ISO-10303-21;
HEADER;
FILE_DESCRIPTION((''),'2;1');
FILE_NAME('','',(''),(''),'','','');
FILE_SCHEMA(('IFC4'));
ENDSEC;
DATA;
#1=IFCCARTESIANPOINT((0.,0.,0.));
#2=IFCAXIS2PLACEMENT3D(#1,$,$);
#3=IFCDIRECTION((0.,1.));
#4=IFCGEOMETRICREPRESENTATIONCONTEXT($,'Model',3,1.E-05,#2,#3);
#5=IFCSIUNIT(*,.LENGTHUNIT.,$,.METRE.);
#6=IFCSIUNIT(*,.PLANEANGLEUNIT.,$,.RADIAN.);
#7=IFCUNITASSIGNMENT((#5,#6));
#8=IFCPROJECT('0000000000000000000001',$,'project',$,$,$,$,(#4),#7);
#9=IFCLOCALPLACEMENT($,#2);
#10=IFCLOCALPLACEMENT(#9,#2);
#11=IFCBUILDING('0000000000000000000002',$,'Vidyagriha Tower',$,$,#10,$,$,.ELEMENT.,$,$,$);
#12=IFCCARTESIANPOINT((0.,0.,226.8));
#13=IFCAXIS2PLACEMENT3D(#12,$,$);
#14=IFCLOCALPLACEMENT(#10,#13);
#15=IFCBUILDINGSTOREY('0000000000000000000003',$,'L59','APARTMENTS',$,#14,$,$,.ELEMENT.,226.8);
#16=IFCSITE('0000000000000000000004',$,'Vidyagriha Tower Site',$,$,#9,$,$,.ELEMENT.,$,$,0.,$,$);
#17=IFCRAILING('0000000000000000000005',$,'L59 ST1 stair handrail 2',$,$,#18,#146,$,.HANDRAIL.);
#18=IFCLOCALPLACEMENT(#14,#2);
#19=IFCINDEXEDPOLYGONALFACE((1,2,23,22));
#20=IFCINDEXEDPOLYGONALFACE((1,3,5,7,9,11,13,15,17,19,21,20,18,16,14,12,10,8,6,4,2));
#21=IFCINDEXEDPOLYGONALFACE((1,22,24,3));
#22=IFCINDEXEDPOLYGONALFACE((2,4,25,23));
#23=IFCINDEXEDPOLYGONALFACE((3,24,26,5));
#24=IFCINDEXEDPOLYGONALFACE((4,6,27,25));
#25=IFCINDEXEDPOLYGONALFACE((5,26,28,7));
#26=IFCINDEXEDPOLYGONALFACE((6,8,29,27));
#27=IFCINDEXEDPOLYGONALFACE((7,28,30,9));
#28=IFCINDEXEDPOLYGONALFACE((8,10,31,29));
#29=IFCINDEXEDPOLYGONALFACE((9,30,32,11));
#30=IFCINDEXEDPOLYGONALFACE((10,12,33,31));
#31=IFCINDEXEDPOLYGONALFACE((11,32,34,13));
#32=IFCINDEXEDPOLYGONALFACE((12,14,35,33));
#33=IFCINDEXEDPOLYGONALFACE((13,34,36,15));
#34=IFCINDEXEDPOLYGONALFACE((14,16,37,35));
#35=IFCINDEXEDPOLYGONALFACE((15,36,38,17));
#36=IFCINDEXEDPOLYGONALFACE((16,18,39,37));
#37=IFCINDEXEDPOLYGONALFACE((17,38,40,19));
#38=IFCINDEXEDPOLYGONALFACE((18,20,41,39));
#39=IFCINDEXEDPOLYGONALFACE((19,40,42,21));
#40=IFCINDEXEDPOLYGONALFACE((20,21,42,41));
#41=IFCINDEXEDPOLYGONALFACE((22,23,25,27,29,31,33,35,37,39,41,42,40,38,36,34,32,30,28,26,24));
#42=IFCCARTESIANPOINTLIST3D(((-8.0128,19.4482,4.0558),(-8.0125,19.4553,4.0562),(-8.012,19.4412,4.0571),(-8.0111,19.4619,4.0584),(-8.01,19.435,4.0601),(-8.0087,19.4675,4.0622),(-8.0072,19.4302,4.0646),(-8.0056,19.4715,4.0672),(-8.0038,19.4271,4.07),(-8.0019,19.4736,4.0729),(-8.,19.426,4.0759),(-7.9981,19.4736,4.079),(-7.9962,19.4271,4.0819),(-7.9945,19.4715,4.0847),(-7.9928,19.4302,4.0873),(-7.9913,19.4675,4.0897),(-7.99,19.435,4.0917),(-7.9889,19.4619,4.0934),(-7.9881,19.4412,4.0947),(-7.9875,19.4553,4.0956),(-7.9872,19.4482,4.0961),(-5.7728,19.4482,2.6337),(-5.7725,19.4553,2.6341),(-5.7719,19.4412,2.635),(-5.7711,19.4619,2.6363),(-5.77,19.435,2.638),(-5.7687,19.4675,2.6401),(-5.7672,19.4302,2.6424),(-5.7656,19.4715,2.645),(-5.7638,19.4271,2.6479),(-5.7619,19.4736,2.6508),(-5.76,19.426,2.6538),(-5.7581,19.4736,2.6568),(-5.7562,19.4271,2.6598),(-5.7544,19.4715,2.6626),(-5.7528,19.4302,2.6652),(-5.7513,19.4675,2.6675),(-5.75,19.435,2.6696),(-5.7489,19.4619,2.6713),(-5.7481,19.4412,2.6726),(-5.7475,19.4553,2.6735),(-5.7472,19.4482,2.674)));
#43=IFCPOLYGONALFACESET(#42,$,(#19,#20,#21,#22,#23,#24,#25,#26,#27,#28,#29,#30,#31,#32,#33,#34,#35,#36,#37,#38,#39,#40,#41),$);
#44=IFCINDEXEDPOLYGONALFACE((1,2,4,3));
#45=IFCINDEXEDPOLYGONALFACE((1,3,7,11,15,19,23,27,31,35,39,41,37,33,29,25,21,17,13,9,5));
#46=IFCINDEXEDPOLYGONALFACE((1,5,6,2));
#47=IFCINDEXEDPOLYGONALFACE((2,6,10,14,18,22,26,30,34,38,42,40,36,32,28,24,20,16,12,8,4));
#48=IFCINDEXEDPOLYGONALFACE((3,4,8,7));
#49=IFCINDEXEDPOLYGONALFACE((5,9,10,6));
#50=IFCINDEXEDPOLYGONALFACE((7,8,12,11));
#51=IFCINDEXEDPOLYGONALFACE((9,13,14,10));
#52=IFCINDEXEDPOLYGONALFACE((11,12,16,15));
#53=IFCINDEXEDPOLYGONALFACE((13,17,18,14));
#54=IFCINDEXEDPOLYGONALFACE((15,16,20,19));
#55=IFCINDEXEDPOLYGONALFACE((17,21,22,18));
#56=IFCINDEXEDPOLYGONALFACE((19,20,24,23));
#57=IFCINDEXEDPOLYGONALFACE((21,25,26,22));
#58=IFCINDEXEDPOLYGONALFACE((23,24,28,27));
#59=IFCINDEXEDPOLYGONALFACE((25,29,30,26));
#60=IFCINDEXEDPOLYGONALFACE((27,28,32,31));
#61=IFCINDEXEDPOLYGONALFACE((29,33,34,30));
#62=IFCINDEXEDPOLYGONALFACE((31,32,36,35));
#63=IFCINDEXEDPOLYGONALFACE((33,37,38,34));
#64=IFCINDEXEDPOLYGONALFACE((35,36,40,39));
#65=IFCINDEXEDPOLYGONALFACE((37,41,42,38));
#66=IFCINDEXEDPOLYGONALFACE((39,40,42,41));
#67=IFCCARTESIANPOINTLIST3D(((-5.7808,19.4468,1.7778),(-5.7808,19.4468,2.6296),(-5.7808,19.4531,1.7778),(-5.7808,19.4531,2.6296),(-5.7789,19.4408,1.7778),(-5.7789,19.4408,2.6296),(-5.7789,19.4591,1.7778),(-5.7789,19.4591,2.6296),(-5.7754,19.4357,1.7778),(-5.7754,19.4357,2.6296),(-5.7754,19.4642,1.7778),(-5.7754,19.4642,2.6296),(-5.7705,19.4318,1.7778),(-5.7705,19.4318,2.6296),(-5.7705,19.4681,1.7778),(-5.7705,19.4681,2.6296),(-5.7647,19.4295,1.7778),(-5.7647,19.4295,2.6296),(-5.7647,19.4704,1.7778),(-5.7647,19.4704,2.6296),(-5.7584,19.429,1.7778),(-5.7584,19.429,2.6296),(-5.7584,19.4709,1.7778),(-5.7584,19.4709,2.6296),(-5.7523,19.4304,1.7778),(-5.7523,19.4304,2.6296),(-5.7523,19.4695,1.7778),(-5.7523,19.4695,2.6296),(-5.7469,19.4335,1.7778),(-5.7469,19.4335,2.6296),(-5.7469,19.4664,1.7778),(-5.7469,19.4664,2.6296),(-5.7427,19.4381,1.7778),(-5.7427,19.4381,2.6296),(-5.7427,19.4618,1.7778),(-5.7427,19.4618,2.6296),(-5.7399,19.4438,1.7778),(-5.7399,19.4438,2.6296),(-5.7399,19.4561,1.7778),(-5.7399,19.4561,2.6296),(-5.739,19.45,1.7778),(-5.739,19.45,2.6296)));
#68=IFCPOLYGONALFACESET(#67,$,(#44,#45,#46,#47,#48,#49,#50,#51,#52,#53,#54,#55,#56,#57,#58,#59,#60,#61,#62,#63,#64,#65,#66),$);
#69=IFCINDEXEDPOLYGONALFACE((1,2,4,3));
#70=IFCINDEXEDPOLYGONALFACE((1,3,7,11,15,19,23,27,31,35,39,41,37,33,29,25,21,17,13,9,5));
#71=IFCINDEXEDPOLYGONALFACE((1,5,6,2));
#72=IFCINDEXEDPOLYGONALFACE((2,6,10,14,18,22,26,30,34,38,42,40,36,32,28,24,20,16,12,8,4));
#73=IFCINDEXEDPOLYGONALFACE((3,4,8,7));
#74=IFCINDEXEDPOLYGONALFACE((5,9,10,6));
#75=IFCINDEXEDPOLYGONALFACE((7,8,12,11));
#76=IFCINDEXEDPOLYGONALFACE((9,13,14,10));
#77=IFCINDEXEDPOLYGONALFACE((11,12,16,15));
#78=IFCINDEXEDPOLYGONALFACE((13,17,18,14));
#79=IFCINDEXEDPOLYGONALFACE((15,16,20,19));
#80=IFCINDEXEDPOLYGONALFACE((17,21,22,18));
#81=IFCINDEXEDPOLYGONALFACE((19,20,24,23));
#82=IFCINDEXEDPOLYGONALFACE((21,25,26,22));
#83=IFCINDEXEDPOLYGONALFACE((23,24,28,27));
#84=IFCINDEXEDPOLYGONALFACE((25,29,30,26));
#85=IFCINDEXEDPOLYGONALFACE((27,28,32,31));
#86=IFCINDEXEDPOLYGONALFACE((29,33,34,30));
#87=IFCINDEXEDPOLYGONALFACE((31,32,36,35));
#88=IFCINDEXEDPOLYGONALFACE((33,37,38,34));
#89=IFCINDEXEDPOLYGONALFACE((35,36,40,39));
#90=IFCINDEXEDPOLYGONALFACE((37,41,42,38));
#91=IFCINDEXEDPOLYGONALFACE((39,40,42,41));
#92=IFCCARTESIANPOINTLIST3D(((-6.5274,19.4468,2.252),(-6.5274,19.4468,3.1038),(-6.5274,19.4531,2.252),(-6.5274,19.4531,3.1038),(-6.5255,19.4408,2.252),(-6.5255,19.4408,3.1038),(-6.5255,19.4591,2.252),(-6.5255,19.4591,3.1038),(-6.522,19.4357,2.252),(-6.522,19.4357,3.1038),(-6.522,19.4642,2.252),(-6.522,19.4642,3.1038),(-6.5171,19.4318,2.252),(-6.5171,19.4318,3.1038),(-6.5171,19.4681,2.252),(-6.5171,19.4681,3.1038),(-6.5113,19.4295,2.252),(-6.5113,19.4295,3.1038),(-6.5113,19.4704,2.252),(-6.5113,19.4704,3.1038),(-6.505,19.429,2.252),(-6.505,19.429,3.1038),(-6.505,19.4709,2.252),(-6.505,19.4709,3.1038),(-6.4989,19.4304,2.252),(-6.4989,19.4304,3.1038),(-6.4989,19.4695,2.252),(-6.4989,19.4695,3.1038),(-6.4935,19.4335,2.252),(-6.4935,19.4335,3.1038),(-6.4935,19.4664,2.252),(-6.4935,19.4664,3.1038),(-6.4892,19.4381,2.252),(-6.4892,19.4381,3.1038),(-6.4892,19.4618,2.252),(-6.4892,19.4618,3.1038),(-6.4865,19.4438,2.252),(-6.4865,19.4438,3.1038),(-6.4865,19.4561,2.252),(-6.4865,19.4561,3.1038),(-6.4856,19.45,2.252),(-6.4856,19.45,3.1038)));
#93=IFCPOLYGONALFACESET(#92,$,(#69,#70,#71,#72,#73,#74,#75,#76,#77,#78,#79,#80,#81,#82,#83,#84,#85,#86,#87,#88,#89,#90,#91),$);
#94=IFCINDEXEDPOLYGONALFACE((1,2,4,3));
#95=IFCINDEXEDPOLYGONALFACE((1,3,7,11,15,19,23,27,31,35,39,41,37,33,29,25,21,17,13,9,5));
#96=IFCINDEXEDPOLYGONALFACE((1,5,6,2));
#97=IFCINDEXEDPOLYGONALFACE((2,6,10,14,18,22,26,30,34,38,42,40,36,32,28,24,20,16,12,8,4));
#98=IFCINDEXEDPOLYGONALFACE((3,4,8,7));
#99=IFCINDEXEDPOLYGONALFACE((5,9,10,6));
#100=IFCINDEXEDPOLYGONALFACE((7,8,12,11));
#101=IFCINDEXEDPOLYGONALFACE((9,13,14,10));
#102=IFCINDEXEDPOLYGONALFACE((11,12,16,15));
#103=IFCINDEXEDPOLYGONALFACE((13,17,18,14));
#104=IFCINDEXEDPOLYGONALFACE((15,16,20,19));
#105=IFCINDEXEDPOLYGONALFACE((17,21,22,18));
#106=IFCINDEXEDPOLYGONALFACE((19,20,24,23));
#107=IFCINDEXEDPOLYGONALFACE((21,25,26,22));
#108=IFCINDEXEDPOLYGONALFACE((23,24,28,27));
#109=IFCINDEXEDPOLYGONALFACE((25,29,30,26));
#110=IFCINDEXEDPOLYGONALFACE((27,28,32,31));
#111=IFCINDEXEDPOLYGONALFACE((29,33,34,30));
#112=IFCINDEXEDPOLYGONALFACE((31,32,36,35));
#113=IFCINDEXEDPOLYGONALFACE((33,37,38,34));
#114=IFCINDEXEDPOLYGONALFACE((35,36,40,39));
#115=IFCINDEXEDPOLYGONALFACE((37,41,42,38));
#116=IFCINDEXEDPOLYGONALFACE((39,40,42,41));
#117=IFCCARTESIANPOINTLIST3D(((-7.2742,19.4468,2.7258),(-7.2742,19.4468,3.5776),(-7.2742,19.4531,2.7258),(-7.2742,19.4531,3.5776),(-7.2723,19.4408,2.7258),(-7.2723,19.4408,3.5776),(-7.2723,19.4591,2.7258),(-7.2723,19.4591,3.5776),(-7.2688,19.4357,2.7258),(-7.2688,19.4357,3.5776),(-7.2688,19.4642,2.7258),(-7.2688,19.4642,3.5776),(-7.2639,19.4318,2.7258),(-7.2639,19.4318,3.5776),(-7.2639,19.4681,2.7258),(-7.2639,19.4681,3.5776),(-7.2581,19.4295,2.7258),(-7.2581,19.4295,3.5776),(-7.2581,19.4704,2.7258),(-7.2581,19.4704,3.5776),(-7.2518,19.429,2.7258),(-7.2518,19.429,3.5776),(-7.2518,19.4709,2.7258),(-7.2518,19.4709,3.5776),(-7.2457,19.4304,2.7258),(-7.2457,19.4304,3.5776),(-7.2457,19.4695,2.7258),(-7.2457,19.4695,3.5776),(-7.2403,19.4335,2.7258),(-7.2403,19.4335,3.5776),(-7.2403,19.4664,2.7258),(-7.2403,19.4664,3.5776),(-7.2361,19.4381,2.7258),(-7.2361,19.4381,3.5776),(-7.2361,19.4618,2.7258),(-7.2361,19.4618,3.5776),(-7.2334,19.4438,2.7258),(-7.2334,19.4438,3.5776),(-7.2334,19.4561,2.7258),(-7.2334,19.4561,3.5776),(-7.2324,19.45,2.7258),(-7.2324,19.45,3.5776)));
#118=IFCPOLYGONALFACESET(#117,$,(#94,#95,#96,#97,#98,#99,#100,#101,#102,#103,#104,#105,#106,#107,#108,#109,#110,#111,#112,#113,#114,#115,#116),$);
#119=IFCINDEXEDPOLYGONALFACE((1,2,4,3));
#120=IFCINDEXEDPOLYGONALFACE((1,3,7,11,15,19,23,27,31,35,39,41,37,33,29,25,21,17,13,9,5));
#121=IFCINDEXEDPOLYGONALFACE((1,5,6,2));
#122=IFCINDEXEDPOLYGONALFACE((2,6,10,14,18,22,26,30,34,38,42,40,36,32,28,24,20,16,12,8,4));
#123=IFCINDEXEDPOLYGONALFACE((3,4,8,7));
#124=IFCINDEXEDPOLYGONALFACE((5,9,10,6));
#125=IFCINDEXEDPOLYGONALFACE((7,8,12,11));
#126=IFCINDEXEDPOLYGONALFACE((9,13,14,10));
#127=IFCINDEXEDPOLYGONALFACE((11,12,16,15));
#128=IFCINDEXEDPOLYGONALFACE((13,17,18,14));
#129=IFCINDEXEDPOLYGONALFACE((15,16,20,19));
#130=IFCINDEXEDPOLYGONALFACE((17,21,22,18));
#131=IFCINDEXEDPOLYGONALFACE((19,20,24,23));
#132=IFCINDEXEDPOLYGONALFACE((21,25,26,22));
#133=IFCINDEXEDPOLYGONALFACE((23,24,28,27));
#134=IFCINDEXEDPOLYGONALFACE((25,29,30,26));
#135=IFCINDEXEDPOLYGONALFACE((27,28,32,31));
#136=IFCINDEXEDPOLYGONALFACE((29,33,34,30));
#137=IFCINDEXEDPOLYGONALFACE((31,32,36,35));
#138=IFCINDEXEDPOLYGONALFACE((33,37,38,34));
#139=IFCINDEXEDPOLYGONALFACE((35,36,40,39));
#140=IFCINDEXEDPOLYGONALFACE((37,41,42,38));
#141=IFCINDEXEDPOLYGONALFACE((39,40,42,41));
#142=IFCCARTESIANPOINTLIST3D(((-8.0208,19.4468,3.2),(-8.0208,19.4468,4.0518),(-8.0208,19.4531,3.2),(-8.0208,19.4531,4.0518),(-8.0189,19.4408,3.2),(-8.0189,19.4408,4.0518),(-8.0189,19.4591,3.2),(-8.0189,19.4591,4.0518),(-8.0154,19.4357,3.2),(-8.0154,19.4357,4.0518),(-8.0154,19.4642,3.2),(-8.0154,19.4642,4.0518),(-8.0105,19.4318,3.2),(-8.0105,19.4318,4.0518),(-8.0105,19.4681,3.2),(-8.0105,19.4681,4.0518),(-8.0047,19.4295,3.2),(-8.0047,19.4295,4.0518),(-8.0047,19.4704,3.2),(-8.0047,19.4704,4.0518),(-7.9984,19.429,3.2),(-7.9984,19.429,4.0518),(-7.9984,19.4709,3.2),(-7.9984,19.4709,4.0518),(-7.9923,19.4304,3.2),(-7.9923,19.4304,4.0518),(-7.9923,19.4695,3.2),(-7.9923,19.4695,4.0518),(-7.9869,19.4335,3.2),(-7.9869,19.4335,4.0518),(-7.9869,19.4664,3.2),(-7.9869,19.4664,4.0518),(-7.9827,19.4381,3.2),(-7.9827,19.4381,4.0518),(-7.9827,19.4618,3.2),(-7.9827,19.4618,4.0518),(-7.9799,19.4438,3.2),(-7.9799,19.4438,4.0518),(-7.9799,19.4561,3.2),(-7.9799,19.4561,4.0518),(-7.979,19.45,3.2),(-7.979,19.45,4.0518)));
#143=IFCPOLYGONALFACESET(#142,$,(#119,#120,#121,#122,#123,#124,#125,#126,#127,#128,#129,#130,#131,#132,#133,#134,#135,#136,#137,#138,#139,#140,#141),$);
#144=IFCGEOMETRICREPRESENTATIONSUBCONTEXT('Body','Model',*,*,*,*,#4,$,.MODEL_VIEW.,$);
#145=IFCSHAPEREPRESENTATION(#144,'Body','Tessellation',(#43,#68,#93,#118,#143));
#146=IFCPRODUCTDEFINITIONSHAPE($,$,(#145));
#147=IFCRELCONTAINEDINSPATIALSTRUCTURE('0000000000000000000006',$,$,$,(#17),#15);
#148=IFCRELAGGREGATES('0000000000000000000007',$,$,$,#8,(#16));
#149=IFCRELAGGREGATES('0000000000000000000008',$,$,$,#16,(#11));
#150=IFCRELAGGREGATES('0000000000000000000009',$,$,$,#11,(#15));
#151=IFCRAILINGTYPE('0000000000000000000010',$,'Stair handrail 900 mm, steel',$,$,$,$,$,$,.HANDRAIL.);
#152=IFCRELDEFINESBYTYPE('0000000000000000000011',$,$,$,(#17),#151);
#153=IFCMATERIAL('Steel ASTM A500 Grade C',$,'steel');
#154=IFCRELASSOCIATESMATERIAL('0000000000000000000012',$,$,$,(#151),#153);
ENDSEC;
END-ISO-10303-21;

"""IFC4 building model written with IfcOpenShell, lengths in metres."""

from ifc_helpers import new_model, si_unit, direction, frame, origin, origin_2d, place, context, subcontext, project, spatial, circle, extrude, material, type_object, element, save


model = new_model("IFC4")

# Units and contexts
model_context = context("Model", 3, precision=1e-05, world=origin(), true_north=direction((0.0, 1.0)))
body_context = subcontext(model_context, "Body", "Model", "MODEL_VIEW")
ifc_project = project(units=[si_unit("LENGTHUNIT", "METRE"), si_unit("PLANEANGLEUNIT", "RADIAN")], contexts=[model_context])

# Site, building, storey
site_placement = place(None, origin())
site = spatial("IfcSite", under=ifc_project, at=site_placement, Name="Vidyagriha Tower Site", CompositionType="ELEMENT", RefElevation=0.0)
building_placement = place(site_placement, origin())
building = spatial("IfcBuilding", under=site, at=building_placement, Name="Vidyagriha Tower", CompositionType="ELEMENT")
storey_placement = place(building_placement, frame((0.0, 0.0, 226.8)))
storey = spatial("IfcBuildingStorey", under=building, at=storey_placement, Name="L59", Description="APARTMENTS", CompositionType="ELEMENT", Elevation=226.8)

# Railing
ifc_material_1 = material(Name="Steel ASTM A500 Grade C", Category="steel")
railing_type_1 = type_object("IfcRailingType", Name="Stair handrail 900 mm, steel", PredefinedType="HANDRAIL", material=ifc_material_1)
railing_1_placement = place(storey_placement, frame((-5.76, 19.45, 1.7778)))
element("IfcRailing", 1, at=railing_1_placement, inside=storey, type_object=railing_type_1, Name="L59 ST1 stair handrail 2", PredefinedType="HANDRAIL", context=body_context, shape_type="SweptSolid", body=[
    extrude(circle(Radius=0.0239, at=origin_2d()), frame((0.0, 0.0, 0.876), z_axis=(-0.844229, 0.0, 0.535982), x_axis=(0.0, -1.0, 0.0)), (0.0, 0.0, 1.0), 2.6533),
    extrude(circle(Radius=0.021, at=origin_2d()), origin(), (0.0, 0.0, 1.0), 0.8518),
    extrude(circle(Radius=0.021, at=origin_2d()), frame((-0.7466, 0.0, 0.4741)), (0.0, 0.0, 1.0), 0.8518),
    extrude(circle(Radius=0.021, at=origin_2d()), frame((-1.4934, 0.0, 0.948)), (0.0, 0.0, 1.0), 0.8518),
    extrude(circle(Radius=0.021, at=origin_2d()), frame((-2.24, 0.0, 1.4221)), (0.0, 0.0, 1.0), 0.8518),
])

save(model, "model.ifc")
